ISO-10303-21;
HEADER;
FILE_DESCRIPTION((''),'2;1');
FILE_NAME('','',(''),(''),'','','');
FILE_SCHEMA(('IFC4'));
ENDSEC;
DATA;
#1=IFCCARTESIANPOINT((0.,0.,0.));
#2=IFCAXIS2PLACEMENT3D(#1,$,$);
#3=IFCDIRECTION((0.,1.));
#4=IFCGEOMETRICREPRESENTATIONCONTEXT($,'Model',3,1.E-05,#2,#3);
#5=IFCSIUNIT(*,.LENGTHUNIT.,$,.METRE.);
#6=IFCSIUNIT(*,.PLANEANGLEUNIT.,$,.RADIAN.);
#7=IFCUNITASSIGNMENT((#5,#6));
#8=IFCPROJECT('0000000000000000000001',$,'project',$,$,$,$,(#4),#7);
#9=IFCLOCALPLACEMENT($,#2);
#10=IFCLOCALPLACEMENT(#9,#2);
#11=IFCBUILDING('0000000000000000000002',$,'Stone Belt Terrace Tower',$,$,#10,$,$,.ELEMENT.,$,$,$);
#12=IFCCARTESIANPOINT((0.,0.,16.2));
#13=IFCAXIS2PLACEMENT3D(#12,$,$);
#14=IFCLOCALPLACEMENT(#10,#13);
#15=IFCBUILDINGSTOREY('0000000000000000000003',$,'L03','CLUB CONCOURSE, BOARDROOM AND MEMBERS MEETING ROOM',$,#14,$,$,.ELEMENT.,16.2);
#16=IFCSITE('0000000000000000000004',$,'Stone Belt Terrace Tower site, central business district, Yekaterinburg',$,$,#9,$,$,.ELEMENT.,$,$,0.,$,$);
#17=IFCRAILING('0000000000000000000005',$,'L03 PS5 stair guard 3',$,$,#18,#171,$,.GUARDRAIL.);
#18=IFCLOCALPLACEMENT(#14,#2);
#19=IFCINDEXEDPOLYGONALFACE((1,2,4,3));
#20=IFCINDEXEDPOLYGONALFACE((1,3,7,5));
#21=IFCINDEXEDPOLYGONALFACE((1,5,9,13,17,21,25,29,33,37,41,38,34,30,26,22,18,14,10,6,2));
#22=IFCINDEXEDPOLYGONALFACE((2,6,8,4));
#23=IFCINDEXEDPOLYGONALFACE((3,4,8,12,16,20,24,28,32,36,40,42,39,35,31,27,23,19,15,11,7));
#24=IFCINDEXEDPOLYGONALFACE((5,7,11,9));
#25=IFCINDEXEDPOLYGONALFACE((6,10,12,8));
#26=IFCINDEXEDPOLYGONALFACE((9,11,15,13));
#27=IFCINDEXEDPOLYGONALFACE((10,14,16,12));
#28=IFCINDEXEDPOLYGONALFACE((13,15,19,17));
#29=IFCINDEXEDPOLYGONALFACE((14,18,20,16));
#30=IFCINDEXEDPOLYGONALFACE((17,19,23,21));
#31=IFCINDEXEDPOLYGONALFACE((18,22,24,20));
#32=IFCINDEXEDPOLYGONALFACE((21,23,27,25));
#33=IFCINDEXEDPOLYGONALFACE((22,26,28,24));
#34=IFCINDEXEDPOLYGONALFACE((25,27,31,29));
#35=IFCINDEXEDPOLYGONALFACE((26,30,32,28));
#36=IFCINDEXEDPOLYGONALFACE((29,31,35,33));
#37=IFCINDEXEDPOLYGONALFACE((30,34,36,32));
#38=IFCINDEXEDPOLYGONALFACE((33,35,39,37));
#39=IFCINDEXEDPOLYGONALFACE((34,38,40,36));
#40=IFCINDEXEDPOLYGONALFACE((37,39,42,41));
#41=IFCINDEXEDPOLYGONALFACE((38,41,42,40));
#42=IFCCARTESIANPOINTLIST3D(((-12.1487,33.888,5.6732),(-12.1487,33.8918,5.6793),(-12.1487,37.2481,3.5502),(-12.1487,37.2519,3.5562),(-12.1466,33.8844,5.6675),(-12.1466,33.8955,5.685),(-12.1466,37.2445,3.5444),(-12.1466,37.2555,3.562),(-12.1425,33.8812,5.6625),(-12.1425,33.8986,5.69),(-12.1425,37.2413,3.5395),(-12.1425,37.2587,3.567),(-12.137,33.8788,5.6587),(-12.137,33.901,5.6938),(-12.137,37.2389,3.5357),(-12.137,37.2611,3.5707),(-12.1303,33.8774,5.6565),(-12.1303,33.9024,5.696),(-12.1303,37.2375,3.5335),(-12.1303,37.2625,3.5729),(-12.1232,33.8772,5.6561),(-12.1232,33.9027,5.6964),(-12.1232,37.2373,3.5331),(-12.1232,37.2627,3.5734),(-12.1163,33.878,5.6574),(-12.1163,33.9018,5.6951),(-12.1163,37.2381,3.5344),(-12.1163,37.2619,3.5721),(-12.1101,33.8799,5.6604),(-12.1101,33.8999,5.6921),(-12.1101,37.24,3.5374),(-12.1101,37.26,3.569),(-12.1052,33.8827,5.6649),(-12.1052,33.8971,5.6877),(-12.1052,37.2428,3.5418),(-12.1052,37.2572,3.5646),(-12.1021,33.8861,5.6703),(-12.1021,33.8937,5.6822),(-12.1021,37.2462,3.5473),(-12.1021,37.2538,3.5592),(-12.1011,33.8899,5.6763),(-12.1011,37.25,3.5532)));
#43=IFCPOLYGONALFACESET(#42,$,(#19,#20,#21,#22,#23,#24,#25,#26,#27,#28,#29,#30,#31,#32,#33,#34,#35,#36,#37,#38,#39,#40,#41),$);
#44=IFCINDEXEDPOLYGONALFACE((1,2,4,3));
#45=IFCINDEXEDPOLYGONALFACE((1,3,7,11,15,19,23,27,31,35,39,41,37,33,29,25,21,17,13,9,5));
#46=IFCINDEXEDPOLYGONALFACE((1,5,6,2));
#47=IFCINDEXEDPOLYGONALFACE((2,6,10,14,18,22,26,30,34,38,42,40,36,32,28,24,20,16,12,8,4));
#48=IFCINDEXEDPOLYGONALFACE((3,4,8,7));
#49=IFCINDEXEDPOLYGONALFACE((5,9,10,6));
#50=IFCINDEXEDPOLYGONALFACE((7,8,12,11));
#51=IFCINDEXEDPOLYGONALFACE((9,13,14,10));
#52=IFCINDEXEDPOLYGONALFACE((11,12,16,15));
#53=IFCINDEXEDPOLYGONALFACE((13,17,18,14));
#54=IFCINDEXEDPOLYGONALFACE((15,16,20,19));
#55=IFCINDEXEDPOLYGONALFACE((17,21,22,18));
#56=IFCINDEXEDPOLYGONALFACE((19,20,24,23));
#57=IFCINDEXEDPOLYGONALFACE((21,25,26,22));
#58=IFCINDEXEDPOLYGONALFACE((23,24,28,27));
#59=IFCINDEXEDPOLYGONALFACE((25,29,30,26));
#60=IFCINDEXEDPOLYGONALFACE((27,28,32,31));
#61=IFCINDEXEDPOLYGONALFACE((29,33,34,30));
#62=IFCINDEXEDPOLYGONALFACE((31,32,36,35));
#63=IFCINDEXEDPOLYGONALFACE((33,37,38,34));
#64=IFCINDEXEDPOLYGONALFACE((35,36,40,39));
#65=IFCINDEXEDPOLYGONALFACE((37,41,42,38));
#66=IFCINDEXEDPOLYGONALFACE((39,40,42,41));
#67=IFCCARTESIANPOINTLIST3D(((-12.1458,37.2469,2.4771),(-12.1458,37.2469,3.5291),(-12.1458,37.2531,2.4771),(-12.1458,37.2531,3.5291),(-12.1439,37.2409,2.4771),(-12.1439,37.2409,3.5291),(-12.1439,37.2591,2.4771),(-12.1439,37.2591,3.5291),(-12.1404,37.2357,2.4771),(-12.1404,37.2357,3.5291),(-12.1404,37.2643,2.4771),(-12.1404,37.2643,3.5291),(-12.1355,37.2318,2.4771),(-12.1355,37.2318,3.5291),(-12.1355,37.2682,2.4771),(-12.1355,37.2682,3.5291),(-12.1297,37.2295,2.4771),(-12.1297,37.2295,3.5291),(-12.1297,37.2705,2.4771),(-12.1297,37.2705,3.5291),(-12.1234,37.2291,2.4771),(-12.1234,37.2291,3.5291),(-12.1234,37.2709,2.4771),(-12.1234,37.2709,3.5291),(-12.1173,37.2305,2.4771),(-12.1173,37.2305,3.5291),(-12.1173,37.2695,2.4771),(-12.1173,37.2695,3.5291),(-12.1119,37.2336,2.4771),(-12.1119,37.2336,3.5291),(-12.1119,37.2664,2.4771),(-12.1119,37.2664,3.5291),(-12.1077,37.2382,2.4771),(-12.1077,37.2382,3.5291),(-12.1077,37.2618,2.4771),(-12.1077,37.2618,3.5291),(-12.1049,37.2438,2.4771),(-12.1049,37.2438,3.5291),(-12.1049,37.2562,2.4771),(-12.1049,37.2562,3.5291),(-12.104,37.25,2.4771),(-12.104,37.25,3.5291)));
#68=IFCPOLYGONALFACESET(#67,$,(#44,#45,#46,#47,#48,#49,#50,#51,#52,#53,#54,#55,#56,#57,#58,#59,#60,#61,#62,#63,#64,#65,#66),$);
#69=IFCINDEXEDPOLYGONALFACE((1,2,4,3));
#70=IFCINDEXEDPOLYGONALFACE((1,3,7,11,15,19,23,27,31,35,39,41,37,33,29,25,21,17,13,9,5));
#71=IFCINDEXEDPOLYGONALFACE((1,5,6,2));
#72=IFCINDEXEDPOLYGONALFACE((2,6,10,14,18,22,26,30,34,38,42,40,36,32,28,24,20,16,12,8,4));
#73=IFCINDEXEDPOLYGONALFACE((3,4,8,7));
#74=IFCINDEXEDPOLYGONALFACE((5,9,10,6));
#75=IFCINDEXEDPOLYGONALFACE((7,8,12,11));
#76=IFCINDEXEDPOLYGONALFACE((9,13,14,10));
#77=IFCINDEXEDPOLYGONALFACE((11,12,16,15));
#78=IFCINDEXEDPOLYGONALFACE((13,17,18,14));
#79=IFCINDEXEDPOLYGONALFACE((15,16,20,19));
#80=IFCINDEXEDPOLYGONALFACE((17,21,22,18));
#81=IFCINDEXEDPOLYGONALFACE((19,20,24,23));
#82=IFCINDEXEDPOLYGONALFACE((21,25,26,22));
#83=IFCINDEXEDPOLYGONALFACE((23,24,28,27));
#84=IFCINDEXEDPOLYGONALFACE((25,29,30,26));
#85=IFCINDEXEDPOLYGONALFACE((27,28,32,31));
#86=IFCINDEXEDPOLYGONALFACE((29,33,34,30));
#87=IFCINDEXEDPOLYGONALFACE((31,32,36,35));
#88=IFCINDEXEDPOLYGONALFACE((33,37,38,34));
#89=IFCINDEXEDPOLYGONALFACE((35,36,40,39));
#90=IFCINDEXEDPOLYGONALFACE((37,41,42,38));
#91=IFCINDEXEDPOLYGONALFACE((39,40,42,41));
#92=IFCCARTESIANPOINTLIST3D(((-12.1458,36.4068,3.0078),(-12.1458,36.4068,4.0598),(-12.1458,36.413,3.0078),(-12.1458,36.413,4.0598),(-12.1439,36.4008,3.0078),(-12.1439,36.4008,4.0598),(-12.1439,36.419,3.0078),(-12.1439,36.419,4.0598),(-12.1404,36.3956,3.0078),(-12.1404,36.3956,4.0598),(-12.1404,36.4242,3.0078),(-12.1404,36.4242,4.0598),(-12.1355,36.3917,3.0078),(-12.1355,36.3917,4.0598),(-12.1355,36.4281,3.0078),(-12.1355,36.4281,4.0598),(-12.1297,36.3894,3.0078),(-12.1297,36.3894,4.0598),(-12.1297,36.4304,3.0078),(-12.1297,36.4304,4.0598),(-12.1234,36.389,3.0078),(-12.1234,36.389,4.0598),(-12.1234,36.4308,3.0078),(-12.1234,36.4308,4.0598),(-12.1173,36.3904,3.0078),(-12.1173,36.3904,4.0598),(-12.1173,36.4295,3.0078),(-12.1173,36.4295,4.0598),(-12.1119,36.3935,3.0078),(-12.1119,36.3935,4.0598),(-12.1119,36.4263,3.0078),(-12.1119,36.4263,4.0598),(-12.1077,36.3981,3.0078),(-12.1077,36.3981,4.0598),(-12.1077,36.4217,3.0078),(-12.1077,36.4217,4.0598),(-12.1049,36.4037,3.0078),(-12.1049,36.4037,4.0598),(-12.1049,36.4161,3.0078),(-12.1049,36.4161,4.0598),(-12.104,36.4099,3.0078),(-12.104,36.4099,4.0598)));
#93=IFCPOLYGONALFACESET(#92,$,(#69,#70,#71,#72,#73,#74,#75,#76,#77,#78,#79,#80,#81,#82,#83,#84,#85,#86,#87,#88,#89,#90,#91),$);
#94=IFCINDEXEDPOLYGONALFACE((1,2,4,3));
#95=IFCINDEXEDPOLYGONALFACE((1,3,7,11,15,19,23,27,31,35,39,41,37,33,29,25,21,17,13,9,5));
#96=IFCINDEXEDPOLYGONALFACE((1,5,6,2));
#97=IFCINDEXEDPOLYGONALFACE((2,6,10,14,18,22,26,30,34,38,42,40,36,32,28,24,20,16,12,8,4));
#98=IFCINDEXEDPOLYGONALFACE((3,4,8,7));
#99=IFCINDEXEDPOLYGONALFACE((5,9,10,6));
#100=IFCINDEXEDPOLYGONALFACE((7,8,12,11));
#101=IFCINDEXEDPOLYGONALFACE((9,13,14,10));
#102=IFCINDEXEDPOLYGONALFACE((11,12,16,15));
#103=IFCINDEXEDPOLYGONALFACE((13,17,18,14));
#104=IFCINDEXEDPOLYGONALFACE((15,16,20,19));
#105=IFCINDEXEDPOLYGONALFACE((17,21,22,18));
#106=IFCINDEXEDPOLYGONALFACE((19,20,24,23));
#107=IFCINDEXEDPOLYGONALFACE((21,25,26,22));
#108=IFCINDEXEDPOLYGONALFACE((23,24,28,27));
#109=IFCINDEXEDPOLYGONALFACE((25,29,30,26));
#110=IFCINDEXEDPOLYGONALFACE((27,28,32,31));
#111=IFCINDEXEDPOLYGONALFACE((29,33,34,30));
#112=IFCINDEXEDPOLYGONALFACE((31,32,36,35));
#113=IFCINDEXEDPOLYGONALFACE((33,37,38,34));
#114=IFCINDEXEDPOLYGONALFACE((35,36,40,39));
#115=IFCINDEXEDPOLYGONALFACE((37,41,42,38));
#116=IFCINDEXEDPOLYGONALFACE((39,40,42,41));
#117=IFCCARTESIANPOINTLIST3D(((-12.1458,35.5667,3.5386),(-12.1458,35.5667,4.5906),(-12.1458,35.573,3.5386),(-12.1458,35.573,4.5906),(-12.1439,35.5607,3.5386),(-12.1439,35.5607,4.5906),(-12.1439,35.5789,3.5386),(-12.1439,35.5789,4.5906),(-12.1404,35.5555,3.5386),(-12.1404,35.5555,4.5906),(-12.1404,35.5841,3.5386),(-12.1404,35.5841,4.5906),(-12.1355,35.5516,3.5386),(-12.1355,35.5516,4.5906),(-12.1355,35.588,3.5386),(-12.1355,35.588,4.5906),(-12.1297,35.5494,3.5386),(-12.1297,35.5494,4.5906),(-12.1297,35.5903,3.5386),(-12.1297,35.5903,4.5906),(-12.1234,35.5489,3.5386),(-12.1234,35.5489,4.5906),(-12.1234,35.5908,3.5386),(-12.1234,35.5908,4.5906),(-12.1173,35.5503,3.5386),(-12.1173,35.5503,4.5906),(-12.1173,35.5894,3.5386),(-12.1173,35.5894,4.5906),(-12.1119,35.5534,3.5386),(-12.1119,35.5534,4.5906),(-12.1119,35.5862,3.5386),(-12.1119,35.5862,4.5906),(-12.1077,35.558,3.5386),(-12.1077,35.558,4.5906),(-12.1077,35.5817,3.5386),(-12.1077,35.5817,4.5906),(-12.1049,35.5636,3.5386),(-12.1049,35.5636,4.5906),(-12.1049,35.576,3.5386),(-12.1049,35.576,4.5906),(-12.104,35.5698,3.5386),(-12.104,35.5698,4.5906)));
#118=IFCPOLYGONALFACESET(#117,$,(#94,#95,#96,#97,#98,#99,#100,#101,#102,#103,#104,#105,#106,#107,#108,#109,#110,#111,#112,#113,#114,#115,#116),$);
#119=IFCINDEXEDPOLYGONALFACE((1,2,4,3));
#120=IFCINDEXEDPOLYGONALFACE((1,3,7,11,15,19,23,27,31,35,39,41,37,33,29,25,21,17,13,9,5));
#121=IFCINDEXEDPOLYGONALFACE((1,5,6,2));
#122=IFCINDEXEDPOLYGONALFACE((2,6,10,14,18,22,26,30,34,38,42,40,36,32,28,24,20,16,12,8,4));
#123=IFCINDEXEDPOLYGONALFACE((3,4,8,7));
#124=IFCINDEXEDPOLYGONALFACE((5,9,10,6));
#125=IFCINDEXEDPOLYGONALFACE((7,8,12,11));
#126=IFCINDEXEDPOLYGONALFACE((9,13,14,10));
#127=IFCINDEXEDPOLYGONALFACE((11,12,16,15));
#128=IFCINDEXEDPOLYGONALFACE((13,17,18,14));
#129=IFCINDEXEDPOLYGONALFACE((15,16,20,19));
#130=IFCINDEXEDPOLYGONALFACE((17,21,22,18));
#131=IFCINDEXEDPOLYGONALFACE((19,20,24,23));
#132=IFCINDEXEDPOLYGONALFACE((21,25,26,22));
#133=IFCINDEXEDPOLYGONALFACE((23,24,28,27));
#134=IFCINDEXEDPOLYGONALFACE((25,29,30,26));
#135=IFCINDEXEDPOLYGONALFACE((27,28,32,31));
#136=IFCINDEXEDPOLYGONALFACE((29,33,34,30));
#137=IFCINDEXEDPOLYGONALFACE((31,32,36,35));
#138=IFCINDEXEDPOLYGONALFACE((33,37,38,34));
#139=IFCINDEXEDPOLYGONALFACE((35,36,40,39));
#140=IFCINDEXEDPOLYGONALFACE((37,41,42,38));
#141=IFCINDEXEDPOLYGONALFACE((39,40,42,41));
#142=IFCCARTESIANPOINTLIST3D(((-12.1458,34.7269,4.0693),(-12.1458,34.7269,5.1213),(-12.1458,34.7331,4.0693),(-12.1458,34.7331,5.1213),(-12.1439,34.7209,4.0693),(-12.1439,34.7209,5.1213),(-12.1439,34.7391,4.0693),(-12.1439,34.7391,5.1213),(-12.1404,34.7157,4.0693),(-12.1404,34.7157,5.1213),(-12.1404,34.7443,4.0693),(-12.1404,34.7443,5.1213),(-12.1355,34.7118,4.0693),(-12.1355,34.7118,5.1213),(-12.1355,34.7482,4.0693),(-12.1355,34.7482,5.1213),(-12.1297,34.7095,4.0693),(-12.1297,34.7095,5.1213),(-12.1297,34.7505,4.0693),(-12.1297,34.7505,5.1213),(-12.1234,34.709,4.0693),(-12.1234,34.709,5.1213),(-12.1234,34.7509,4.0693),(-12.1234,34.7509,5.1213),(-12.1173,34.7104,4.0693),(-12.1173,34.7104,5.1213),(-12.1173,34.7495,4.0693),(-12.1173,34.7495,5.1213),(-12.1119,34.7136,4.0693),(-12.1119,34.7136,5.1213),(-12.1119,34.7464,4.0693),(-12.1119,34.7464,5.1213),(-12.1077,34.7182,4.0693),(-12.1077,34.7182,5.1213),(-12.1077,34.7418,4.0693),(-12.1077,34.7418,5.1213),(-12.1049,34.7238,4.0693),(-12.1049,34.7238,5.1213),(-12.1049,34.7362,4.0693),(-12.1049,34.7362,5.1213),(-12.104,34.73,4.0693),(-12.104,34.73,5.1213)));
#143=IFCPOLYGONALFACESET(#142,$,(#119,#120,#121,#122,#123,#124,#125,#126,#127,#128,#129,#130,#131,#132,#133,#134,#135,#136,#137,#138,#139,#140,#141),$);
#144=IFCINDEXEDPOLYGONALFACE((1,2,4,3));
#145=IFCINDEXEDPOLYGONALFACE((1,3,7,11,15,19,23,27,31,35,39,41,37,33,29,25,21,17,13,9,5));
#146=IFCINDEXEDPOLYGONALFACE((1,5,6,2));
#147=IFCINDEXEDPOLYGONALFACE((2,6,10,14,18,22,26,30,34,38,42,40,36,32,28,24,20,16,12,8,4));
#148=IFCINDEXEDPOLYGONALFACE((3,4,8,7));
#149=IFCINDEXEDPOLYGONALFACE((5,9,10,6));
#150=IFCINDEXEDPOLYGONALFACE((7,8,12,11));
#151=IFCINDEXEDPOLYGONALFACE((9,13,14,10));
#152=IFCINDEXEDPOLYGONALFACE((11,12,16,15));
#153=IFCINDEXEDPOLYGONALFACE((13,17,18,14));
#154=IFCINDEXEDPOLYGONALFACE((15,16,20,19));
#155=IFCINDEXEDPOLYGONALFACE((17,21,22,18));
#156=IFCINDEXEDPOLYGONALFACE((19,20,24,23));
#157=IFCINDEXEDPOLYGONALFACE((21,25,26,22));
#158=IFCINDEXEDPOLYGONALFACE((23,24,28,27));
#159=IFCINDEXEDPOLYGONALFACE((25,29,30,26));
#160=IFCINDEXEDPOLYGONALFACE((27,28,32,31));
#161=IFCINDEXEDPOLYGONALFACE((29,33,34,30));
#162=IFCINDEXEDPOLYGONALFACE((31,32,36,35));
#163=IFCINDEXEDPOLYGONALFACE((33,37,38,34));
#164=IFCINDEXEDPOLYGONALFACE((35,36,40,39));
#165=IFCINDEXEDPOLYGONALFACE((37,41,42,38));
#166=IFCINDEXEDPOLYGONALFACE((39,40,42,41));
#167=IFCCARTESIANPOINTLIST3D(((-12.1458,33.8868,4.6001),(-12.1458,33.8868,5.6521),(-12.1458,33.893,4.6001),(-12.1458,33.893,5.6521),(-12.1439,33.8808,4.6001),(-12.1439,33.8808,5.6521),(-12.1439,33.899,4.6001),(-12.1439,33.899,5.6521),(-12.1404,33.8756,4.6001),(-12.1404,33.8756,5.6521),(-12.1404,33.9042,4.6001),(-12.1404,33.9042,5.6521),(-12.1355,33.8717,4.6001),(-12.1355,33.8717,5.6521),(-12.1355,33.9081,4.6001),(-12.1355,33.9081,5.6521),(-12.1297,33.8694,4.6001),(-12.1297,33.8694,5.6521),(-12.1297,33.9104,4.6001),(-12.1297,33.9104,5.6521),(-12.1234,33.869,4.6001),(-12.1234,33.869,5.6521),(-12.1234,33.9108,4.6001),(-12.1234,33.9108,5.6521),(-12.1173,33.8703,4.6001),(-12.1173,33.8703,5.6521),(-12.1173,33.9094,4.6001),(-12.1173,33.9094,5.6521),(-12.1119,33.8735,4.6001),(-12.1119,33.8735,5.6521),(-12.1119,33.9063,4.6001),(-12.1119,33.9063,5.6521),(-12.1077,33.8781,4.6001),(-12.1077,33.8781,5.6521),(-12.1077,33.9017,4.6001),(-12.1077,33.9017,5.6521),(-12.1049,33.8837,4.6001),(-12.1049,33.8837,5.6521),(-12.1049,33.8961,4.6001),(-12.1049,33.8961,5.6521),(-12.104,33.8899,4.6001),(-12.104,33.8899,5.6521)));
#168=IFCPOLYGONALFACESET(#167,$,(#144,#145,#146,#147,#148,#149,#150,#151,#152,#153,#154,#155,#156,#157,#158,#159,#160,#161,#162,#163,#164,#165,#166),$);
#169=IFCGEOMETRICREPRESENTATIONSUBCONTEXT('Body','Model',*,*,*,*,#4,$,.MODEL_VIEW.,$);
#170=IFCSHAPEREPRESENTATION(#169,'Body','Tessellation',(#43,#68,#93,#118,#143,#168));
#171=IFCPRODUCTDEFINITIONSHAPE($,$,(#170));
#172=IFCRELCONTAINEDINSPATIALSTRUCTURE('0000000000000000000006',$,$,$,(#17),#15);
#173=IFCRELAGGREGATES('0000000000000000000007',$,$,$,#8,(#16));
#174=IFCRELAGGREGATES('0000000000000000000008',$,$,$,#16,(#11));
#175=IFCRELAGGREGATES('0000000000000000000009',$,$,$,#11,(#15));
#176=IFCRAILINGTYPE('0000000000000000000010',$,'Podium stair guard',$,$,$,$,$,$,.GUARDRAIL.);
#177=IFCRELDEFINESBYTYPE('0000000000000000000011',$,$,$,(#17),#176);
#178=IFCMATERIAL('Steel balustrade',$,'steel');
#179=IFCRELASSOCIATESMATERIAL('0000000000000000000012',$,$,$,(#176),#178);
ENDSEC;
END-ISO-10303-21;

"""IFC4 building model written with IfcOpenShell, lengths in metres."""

from ifc_helpers import new_model, si_unit, direction, frame, origin, origin_2d, place, context, subcontext, project, spatial, circle, extrude, material, type_object, element, save


model = new_model("IFC4")

# Units and contexts
model_context = context("Model", 3, precision=1e-05, world=origin(), true_north=direction((0.0, 1.0)))
body_context = subcontext(model_context, "Body", "Model", "MODEL_VIEW")
ifc_project = project(units=[si_unit("LENGTHUNIT", "METRE"), si_unit("PLANEANGLEUNIT", "RADIAN")], contexts=[model_context])

# Site, building, storey
site_placement = place(None, origin())
site = spatial("IfcSite", under=ifc_project, at=site_placement, Name="Stone Belt Terrace Tower site, central business district, Yekaterinburg", CompositionType="ELEMENT", RefElevation=0.0)
building_placement = place(site_placement, origin())
building = spatial("IfcBuilding", under=site, at=building_placement, Name="Stone Belt Terrace Tower", CompositionType="ELEMENT")
storey_placement = place(building_placement, frame((0.0, 0.0, 16.2)))
storey = spatial("IfcBuildingStorey", under=building, at=storey_placement, Name="L03", Description="CLUB CONCOURSE, BOARDROOM AND MEMBERS MEETING ROOM", CompositionType="ELEMENT", Elevation=16.2)

# Railing
ifc_material_1 = material(Name="Steel balustrade", Category="steel")
railing_type_1 = type_object("IfcRailingType", Name="Podium stair guard", PredefinedType="GUARDRAIL", material=ifc_material_1)
railing_1_placement = place(storey_placement, frame((-12.125, 37.25, 2.4771)))
element("IfcRailing", 1, at=railing_1_placement, inside=storey, type_object=railing_type_1, Name="L03 PS5 stair guard 3", PredefinedType="GUARDRAIL", context=body_context, shape_type="SweptSolid", body=[
    extrude(circle(Radius=0.0239, at=origin_2d()), frame((0.0, 0.0, 1.0762), z_axis=(0.0, -0.84539, 0.53415), x_axis=(1.0, 0.0, 0.0)), (0.0, 0.0, 1.0), 3.9746),
    extrude(circle(Radius=0.021, at=origin_2d()), origin(), (0.0, 0.0, 1.0), 1.052),
    extrude(circle(Radius=0.021, at=origin_2d()), frame((0.0, -0.8401, 0.5308)), (0.0, 0.0, 1.0), 1.052),
    extrude(circle(Radius=0.021, at=origin_2d()), frame((0.0, -1.6802, 1.0615)), (0.0, 0.0, 1.0), 1.052),
    extrude(circle(Radius=0.021, at=origin_2d()), frame((0.0, -2.52, 1.5923)), (0.0, 0.0, 1.0), 1.052),
    extrude(circle(Radius=0.021, at=origin_2d()), frame((0.0, -3.3601, 2.123)), (0.0, 0.0, 1.0), 1.052),
])

save(model, "model.ifc")
